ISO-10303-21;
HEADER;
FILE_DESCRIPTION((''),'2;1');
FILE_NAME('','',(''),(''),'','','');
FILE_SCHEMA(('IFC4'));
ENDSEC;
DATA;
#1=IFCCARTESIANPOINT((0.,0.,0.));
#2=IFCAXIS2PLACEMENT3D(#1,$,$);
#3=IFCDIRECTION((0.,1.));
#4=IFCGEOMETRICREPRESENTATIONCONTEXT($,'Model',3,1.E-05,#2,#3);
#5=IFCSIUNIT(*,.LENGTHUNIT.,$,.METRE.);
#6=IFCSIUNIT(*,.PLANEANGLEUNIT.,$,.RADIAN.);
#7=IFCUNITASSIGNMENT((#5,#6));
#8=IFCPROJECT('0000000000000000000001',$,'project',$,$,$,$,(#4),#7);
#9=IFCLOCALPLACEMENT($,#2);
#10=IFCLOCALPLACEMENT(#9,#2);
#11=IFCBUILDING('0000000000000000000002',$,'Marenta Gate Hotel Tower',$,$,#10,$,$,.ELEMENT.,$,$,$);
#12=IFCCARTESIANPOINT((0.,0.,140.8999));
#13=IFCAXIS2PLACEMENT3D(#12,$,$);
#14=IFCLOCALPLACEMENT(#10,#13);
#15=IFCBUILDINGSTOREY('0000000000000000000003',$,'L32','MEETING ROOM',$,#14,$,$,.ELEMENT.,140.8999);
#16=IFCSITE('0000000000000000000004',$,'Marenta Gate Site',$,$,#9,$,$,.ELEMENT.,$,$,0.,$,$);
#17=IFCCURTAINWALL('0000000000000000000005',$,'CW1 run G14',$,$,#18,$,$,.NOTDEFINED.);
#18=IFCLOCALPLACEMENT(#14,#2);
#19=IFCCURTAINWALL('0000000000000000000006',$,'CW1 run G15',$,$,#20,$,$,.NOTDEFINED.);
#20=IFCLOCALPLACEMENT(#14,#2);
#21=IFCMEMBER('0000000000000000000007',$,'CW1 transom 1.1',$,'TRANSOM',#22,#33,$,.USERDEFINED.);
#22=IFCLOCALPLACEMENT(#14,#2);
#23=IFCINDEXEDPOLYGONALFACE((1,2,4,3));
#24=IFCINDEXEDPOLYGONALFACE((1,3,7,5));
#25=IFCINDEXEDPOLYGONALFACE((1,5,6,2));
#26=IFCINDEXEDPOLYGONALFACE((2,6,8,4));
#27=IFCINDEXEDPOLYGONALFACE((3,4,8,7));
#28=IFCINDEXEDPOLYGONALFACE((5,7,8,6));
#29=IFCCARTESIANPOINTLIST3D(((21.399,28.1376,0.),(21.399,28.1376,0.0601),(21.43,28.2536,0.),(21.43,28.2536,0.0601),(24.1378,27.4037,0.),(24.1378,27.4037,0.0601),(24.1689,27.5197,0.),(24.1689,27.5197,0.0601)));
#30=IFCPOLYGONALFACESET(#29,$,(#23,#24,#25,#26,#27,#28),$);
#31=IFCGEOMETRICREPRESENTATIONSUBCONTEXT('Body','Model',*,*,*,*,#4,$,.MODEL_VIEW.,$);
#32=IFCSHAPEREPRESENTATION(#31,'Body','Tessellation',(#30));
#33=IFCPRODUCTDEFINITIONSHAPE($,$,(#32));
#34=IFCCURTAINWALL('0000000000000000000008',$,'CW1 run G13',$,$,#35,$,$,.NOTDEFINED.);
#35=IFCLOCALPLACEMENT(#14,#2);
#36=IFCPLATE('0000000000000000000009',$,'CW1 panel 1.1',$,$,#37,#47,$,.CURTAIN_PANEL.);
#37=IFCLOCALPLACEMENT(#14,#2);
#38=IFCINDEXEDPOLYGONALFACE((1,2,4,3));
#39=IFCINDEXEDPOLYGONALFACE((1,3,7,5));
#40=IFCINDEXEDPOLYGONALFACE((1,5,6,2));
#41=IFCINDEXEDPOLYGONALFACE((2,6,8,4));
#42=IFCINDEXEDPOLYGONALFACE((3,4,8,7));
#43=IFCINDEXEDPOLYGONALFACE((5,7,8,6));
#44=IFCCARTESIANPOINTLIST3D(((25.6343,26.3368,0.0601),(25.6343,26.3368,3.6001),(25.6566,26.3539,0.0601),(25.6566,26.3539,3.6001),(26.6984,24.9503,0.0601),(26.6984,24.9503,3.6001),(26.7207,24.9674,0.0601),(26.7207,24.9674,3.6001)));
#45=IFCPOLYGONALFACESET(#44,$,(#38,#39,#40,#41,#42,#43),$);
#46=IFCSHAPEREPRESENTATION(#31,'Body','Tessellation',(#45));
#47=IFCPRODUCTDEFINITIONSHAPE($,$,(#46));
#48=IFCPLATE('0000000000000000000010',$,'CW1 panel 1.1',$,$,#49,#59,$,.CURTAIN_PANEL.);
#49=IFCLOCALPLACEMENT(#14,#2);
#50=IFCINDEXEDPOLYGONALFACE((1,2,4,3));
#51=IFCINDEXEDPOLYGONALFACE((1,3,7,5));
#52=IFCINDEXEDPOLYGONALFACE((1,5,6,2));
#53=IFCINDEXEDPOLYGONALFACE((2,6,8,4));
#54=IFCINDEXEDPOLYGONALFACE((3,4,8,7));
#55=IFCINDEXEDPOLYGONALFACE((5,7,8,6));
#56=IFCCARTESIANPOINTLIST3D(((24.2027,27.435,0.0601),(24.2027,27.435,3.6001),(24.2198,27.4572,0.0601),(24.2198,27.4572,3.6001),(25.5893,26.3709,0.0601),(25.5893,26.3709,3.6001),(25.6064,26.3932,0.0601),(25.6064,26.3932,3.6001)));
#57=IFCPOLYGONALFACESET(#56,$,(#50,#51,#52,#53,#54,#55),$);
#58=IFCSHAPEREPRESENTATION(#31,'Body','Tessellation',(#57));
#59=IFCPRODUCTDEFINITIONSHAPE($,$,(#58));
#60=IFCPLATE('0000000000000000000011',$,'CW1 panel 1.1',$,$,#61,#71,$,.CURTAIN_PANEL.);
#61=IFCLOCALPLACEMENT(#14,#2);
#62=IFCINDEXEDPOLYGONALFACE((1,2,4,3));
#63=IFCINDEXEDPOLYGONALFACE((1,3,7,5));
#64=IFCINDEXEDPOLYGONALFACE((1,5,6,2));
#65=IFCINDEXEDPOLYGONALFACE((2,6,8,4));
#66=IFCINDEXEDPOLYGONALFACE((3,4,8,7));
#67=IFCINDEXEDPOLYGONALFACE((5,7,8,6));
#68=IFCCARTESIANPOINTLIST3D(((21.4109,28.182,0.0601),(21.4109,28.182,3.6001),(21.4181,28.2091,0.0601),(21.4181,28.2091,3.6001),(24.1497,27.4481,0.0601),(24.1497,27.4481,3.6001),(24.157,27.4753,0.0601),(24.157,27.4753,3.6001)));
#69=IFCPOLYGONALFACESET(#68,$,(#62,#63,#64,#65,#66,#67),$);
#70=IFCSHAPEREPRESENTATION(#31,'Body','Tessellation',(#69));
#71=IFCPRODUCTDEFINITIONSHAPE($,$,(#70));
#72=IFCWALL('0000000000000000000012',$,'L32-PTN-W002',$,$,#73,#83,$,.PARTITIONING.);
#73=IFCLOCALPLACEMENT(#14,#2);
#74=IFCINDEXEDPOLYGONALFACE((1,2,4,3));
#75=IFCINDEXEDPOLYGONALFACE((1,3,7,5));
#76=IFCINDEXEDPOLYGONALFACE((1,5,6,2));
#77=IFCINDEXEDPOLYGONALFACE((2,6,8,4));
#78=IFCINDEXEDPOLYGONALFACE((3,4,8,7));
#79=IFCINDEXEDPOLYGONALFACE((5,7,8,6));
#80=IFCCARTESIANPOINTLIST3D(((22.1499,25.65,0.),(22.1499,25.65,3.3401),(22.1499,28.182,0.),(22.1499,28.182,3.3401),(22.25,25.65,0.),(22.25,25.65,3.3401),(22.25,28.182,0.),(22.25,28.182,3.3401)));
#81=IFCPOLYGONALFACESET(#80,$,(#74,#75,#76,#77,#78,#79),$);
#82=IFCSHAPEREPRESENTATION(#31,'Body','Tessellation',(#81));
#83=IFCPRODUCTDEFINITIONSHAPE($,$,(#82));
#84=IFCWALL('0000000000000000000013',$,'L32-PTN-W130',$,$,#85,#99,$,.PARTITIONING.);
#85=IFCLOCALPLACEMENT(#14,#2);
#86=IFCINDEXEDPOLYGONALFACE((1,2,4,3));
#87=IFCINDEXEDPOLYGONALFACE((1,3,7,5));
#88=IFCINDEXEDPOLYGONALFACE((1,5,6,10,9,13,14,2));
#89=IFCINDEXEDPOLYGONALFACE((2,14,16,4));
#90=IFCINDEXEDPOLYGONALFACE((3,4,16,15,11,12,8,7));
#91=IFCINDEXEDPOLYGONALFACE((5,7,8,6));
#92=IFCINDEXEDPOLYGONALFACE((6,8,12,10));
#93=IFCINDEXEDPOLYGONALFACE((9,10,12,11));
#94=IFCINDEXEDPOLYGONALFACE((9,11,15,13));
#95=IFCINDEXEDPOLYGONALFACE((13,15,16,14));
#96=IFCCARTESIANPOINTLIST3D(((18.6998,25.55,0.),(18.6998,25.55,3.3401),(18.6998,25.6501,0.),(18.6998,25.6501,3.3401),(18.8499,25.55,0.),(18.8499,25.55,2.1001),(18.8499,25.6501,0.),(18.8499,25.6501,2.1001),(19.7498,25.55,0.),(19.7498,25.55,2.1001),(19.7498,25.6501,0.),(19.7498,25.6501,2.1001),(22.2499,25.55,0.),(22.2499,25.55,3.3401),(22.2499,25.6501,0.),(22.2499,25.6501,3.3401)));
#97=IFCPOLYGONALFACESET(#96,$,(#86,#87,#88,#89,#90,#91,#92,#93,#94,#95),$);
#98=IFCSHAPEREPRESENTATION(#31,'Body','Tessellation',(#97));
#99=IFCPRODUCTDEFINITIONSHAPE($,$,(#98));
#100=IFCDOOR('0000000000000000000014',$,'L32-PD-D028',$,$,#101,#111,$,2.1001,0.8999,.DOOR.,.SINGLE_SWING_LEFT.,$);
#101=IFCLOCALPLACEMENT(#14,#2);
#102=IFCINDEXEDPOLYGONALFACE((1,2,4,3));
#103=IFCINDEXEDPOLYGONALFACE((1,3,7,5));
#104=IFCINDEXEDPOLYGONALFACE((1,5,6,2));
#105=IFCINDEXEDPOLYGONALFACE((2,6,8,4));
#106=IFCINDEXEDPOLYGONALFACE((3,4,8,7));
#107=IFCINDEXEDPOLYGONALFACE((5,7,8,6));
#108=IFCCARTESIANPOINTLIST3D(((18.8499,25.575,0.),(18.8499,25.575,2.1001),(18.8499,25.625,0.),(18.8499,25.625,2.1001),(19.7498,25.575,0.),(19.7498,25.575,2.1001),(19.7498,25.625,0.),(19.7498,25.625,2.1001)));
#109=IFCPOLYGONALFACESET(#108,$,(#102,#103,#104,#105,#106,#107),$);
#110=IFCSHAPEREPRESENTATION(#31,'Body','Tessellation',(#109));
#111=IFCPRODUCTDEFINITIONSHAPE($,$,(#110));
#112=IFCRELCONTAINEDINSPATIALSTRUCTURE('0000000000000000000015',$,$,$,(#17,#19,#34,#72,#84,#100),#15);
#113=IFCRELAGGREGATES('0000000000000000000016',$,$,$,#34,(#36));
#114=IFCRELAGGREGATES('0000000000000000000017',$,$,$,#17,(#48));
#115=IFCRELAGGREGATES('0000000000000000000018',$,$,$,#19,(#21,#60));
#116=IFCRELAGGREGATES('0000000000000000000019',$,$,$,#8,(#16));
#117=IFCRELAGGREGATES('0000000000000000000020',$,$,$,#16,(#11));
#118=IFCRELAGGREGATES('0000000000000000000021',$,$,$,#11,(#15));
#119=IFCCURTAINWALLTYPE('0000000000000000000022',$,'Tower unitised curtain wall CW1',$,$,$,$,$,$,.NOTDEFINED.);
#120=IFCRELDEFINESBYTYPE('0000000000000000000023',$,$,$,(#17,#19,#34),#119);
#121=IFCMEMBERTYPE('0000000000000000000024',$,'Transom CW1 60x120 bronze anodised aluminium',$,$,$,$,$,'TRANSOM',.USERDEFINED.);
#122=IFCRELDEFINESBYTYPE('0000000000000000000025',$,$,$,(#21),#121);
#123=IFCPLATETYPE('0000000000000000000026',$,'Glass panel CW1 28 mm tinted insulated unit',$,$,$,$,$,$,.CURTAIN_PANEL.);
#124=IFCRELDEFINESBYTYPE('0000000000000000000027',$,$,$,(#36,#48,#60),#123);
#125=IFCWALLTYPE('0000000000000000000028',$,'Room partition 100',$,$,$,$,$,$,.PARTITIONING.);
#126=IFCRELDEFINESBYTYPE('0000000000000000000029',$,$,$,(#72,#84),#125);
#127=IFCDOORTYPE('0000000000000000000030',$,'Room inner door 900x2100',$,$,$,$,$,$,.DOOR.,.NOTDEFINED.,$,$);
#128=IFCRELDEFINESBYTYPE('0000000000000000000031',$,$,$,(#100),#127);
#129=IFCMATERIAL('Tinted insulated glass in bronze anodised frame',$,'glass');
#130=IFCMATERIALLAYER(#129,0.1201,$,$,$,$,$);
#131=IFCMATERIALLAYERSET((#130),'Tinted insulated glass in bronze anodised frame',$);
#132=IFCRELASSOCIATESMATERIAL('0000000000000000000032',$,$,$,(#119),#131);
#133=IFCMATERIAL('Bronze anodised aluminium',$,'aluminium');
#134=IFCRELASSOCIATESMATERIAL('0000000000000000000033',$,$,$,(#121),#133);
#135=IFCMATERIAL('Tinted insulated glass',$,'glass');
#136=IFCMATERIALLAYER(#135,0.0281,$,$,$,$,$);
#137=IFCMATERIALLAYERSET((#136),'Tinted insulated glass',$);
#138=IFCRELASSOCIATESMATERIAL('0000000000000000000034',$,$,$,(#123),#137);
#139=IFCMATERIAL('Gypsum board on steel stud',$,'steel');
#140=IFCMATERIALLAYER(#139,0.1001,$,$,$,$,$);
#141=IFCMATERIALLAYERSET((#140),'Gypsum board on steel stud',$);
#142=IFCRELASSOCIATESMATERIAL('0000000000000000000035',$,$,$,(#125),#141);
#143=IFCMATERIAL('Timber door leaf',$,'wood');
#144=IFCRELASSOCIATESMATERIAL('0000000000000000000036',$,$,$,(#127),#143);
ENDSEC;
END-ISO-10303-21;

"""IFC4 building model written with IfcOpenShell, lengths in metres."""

from ifc_helpers import new_model, si_unit, direction, frame, frame_2d, origin, origin_2d, place, context, subcontext, project, spatial, rectangle, extrude, material, layer, layer_set, material_profile, profile_set, type_object, element, fill, aggregate, save


model = new_model("IFC4")

# Units and contexts
model_context = context("Model", 3, precision=1e-05, world=origin(), true_north=direction((0.0, 1.0)))
body_context = subcontext(model_context, "Body", "Model", "MODEL_VIEW")
ifc_project = project(units=[si_unit("LENGTHUNIT", "METRE"), si_unit("PLANEANGLEUNIT", "RADIAN")], contexts=[model_context])

# Site, building, storey
site_placement = place(None, origin())
site = spatial("IfcSite", under=ifc_project, at=site_placement, Name="Marenta Gate Site", CompositionType="ELEMENT", RefElevation=0.0)
building_placement = place(site_placement, origin())
building = spatial("IfcBuilding", under=site, at=building_placement, Name="Marenta Gate Hotel Tower", CompositionType="ELEMENT")
storey_placement = place(building_placement, frame((0.0, 0.0, 140.8999)))
storey = spatial("IfcBuildingStorey", under=building, at=storey_placement, Name="L32", Description="MEETING ROOM", CompositionType="ELEMENT", Elevation=140.8999)

# Curtain wall
ifc_material_1 = material(Name="Tinted insulated glass in bronze anodised frame", Category="glass")
ifc_layer_1 = layer(ifc_material_1, 0.1201)
ifc_layer_set_1 = layer_set([ifc_layer_1], Name="Tinted insulated glass in bronze anodised frame")
curtain_wall_type = type_object("IfcCurtainWallType", Name="Tower unitised curtain wall CW1", PredefinedType="NOTDEFINED", material=ifc_layer_set_1)
curtain_wall_1_placement = place(storey_placement, origin())
curtain_wall_1 = element("IfcCurtainWall", 1, at=curtain_wall_1_placement, inside=storey, type_object=curtain_wall_type, Name="CW1 run G14", PredefinedType="NOTDEFINED")

# Curtain wall
curtain_wall_2_placement = place(storey_placement, origin())
curtain_wall_2 = element("IfcCurtainWall", 2, at=curtain_wall_2_placement, inside=storey, type_object=curtain_wall_type, Name="CW1 run G15", PredefinedType="NOTDEFINED")

# Member
ifc_material_2 = material(Name="Bronze anodised aluminium", Category="aluminium")
ifc_material_profile_1 = material_profile(ifc_material_2, rectangle(XDim=0.1201, YDim=0.0601, at=origin_2d()), Name="Transom CW1 60x120 bronze anodised aluminium")
ifc_profile_set_1 = profile_set([ifc_material_profile_1], Name="Bronze anodised aluminium")
member_type_1 = type_object("IfcMemberType", Name="Transom CW1 60x120 bronze anodised aluminium", ElementType="TRANSOM", PredefinedType="USERDEFINED", material=ifc_profile_set_1)
member_1_placement = place(storey_placement, frame((24.1533, 27.4617, 0.03), z_axis=(-0.965923, 0.258831, 0.0), x_axis=(-0.258831, -0.965923, 0.0)))
member_1 = element("IfcMember", 3, at=member_1_placement, type_object=member_type_1, Name="CW1 transom 1.1", ObjectType="TRANSOM", PredefinedType="USERDEFINED", context=body_context, shape_type="SweptSolid", body=[
    extrude(rectangle(XDim=0.1201, YDim=0.0601, at=origin_2d()), origin(), (0.0, 0.0, 1.0), 2.8354),
])

# Curtain wall, plate
curtain_wall_3_placement = place(storey_placement, origin())
curtain_wall_3 = element("IfcCurtainWall", 4, at=curtain_wall_3_placement, inside=storey, type_object=curtain_wall_type, Name="CW1 run G13", PredefinedType="NOTDEFINED")
ifc_material_3 = material(Name="Tinted insulated glass", Category="glass")
ifc_layer_2 = layer(ifc_material_3, 0.0281)
ifc_layer_set_2 = layer_set([ifc_layer_2], Name="Tinted insulated glass")
plate_type = type_object("IfcPlateType", Name="Glass panel CW1 28 mm tinted insulated unit", PredefinedType="CURTAIN_PANEL", material=ifc_layer_set_2)
plate_1_placement = place(storey_placement, frame((26.1775, 25.6521, 0.0601), z_axis=(0.0, 0.0, 1.0), x_axis=(-0.608796, 0.793327, 0.0)))
plate_1 = element("IfcPlate", 5, at=plate_1_placement, type_object=plate_type, Name="CW1 panel 1.1", PredefinedType="CURTAIN_PANEL", context=body_context, shape_type="SweptSolid", body=[
    extrude(rectangle(XDim=1.7478, YDim=0.0281, at=origin_2d()), origin(), (0.0, 0.0, 1.0), 3.54),
])
aggregate(curtain_wall_3, [plate_1])

# Plates
plate_2_placement = place(storey_placement, frame((24.9045, 26.9141, 0.0601), z_axis=(0.0, 0.0, 1.0), x_axis=(-0.793327, 0.608796, 0.0)))
plate_2 = element("IfcPlate", 6, at=plate_2_placement, type_object=plate_type, Name="CW1 panel 1.1", PredefinedType="CURTAIN_PANEL", context=body_context, shape_type="SweptSolid", body=[
    extrude(rectangle(XDim=1.7478, YDim=0.0281, at=origin_2d()), origin(), (0.0, 0.0, 1.0), 3.54),
])
aggregate(curtain_wall_1, [plate_2])
plate_3_placement = place(storey_placement, frame((22.7839, 27.8286, 0.0601), z_axis=(0.0, 0.0, 1.0), x_axis=(-0.965929, 0.258806, 0.0)))
plate_3 = element("IfcPlate", 7, at=plate_3_placement, type_object=plate_type, Name="CW1 panel 1.1", PredefinedType="CURTAIN_PANEL", context=body_context, shape_type="SweptSolid", body=[
    extrude(rectangle(XDim=2.8354, YDim=0.0281, at=origin_2d()), origin(), (0.0, 0.0, 1.0), 3.54),
])
aggregate(curtain_wall_2, [member_1, plate_3])

# Wall
ifc_material_4 = material(Name="Gypsum board on steel stud", Category="steel")
ifc_layer_3 = layer(ifc_material_4, 0.1001)
ifc_layer_set_3 = layer_set([ifc_layer_3], Name="Gypsum board on steel stud")
wall_type_1 = type_object("IfcWallType", Name="Room partition 100", PredefinedType="PARTITIONING", material=ifc_layer_set_3)
wall_1_placement = place(storey_placement, frame((22.2, 25.6499, 0.0), z_axis=(0.0, 0.0, 1.0), x_axis=(0.0, 1.0, 0.0)))
element("IfcWall", 8, at=wall_1_placement, inside=storey, type_object=wall_type_1, Name="L32-PTN-W002", PredefinedType="PARTITIONING", context=body_context, shape_type="SweptSolid", body=[
    extrude(rectangle(XDim=2.532, YDim=0.1001, at=frame_2d((1.2661, 0.0))), origin(), (0.0, 0.0, 1.0), 3.3401),
])

# Wall, opening, door
wall_2_placement = place(storey_placement, frame((18.7, 25.6001, 0.0), z_axis=(0.0, 0.0, 1.0), x_axis=(1.0, 0.0, 0.0)))
wall_2 = element("IfcWall", 9, at=wall_2_placement, inside=storey, type_object=wall_type_1, Name="L32-PTN-W130", PredefinedType="PARTITIONING", context=body_context, shape_type="SweptSolid", body=[
    extrude(rectangle(XDim=3.55, YDim=0.1001, at=frame_2d((1.7749, 0.0))), origin(), (0.0, 0.0, 1.0), 3.3401),
])
opening_1_placement = place(wall_2_placement, frame((0.1499, 0.0, 0.0)))
opening_1 = element("IfcOpeningElement", 10, at=opening_1_placement, cuts=wall_2, PredefinedType="OPENING", context=body_context, shape_type="SweptSolid", body=[
    extrude(rectangle(XDim=0.8999, YDim=2.1001, at=frame_2d((0.45, 1.05))), frame((0.0, 0.05, 0.0), z_axis=(0.0, -1.0, 0.0), x_axis=(1.0, 0.0, 0.0)), (0.0, 0.0, 1.0), 0.1001),
])
ifc_material_5 = material(Name="Timber door leaf", Category="wood")
door_type = type_object("IfcDoorType", Name="Room inner door 900x2100", OperationType="NOTDEFINED", PredefinedType="DOOR", material=ifc_material_5)
door_placement = place(opening_1_placement, origin())
door = element("IfcDoor", 11, at=door_placement, inside=storey, type_object=door_type, Name="L32-PD-D028", OperationType="SINGLE_SWING_LEFT", OverallHeight=2.1001, OverallWidth=0.8999, PredefinedType="DOOR", context=body_context, shape_type="SweptSolid", body=[
    extrude(rectangle(XDim=0.8999, YDim=2.1001, at=frame_2d((0.45, 1.05))), frame((0.0, 0.0249, 0.0), z_axis=(0.0, -1.0, 0.0), x_axis=(1.0, 0.0, 0.0)), (0.0, 0.0, 1.0), 0.05),
])
fill(opening_1, door)

save(model, "model.ifc")
